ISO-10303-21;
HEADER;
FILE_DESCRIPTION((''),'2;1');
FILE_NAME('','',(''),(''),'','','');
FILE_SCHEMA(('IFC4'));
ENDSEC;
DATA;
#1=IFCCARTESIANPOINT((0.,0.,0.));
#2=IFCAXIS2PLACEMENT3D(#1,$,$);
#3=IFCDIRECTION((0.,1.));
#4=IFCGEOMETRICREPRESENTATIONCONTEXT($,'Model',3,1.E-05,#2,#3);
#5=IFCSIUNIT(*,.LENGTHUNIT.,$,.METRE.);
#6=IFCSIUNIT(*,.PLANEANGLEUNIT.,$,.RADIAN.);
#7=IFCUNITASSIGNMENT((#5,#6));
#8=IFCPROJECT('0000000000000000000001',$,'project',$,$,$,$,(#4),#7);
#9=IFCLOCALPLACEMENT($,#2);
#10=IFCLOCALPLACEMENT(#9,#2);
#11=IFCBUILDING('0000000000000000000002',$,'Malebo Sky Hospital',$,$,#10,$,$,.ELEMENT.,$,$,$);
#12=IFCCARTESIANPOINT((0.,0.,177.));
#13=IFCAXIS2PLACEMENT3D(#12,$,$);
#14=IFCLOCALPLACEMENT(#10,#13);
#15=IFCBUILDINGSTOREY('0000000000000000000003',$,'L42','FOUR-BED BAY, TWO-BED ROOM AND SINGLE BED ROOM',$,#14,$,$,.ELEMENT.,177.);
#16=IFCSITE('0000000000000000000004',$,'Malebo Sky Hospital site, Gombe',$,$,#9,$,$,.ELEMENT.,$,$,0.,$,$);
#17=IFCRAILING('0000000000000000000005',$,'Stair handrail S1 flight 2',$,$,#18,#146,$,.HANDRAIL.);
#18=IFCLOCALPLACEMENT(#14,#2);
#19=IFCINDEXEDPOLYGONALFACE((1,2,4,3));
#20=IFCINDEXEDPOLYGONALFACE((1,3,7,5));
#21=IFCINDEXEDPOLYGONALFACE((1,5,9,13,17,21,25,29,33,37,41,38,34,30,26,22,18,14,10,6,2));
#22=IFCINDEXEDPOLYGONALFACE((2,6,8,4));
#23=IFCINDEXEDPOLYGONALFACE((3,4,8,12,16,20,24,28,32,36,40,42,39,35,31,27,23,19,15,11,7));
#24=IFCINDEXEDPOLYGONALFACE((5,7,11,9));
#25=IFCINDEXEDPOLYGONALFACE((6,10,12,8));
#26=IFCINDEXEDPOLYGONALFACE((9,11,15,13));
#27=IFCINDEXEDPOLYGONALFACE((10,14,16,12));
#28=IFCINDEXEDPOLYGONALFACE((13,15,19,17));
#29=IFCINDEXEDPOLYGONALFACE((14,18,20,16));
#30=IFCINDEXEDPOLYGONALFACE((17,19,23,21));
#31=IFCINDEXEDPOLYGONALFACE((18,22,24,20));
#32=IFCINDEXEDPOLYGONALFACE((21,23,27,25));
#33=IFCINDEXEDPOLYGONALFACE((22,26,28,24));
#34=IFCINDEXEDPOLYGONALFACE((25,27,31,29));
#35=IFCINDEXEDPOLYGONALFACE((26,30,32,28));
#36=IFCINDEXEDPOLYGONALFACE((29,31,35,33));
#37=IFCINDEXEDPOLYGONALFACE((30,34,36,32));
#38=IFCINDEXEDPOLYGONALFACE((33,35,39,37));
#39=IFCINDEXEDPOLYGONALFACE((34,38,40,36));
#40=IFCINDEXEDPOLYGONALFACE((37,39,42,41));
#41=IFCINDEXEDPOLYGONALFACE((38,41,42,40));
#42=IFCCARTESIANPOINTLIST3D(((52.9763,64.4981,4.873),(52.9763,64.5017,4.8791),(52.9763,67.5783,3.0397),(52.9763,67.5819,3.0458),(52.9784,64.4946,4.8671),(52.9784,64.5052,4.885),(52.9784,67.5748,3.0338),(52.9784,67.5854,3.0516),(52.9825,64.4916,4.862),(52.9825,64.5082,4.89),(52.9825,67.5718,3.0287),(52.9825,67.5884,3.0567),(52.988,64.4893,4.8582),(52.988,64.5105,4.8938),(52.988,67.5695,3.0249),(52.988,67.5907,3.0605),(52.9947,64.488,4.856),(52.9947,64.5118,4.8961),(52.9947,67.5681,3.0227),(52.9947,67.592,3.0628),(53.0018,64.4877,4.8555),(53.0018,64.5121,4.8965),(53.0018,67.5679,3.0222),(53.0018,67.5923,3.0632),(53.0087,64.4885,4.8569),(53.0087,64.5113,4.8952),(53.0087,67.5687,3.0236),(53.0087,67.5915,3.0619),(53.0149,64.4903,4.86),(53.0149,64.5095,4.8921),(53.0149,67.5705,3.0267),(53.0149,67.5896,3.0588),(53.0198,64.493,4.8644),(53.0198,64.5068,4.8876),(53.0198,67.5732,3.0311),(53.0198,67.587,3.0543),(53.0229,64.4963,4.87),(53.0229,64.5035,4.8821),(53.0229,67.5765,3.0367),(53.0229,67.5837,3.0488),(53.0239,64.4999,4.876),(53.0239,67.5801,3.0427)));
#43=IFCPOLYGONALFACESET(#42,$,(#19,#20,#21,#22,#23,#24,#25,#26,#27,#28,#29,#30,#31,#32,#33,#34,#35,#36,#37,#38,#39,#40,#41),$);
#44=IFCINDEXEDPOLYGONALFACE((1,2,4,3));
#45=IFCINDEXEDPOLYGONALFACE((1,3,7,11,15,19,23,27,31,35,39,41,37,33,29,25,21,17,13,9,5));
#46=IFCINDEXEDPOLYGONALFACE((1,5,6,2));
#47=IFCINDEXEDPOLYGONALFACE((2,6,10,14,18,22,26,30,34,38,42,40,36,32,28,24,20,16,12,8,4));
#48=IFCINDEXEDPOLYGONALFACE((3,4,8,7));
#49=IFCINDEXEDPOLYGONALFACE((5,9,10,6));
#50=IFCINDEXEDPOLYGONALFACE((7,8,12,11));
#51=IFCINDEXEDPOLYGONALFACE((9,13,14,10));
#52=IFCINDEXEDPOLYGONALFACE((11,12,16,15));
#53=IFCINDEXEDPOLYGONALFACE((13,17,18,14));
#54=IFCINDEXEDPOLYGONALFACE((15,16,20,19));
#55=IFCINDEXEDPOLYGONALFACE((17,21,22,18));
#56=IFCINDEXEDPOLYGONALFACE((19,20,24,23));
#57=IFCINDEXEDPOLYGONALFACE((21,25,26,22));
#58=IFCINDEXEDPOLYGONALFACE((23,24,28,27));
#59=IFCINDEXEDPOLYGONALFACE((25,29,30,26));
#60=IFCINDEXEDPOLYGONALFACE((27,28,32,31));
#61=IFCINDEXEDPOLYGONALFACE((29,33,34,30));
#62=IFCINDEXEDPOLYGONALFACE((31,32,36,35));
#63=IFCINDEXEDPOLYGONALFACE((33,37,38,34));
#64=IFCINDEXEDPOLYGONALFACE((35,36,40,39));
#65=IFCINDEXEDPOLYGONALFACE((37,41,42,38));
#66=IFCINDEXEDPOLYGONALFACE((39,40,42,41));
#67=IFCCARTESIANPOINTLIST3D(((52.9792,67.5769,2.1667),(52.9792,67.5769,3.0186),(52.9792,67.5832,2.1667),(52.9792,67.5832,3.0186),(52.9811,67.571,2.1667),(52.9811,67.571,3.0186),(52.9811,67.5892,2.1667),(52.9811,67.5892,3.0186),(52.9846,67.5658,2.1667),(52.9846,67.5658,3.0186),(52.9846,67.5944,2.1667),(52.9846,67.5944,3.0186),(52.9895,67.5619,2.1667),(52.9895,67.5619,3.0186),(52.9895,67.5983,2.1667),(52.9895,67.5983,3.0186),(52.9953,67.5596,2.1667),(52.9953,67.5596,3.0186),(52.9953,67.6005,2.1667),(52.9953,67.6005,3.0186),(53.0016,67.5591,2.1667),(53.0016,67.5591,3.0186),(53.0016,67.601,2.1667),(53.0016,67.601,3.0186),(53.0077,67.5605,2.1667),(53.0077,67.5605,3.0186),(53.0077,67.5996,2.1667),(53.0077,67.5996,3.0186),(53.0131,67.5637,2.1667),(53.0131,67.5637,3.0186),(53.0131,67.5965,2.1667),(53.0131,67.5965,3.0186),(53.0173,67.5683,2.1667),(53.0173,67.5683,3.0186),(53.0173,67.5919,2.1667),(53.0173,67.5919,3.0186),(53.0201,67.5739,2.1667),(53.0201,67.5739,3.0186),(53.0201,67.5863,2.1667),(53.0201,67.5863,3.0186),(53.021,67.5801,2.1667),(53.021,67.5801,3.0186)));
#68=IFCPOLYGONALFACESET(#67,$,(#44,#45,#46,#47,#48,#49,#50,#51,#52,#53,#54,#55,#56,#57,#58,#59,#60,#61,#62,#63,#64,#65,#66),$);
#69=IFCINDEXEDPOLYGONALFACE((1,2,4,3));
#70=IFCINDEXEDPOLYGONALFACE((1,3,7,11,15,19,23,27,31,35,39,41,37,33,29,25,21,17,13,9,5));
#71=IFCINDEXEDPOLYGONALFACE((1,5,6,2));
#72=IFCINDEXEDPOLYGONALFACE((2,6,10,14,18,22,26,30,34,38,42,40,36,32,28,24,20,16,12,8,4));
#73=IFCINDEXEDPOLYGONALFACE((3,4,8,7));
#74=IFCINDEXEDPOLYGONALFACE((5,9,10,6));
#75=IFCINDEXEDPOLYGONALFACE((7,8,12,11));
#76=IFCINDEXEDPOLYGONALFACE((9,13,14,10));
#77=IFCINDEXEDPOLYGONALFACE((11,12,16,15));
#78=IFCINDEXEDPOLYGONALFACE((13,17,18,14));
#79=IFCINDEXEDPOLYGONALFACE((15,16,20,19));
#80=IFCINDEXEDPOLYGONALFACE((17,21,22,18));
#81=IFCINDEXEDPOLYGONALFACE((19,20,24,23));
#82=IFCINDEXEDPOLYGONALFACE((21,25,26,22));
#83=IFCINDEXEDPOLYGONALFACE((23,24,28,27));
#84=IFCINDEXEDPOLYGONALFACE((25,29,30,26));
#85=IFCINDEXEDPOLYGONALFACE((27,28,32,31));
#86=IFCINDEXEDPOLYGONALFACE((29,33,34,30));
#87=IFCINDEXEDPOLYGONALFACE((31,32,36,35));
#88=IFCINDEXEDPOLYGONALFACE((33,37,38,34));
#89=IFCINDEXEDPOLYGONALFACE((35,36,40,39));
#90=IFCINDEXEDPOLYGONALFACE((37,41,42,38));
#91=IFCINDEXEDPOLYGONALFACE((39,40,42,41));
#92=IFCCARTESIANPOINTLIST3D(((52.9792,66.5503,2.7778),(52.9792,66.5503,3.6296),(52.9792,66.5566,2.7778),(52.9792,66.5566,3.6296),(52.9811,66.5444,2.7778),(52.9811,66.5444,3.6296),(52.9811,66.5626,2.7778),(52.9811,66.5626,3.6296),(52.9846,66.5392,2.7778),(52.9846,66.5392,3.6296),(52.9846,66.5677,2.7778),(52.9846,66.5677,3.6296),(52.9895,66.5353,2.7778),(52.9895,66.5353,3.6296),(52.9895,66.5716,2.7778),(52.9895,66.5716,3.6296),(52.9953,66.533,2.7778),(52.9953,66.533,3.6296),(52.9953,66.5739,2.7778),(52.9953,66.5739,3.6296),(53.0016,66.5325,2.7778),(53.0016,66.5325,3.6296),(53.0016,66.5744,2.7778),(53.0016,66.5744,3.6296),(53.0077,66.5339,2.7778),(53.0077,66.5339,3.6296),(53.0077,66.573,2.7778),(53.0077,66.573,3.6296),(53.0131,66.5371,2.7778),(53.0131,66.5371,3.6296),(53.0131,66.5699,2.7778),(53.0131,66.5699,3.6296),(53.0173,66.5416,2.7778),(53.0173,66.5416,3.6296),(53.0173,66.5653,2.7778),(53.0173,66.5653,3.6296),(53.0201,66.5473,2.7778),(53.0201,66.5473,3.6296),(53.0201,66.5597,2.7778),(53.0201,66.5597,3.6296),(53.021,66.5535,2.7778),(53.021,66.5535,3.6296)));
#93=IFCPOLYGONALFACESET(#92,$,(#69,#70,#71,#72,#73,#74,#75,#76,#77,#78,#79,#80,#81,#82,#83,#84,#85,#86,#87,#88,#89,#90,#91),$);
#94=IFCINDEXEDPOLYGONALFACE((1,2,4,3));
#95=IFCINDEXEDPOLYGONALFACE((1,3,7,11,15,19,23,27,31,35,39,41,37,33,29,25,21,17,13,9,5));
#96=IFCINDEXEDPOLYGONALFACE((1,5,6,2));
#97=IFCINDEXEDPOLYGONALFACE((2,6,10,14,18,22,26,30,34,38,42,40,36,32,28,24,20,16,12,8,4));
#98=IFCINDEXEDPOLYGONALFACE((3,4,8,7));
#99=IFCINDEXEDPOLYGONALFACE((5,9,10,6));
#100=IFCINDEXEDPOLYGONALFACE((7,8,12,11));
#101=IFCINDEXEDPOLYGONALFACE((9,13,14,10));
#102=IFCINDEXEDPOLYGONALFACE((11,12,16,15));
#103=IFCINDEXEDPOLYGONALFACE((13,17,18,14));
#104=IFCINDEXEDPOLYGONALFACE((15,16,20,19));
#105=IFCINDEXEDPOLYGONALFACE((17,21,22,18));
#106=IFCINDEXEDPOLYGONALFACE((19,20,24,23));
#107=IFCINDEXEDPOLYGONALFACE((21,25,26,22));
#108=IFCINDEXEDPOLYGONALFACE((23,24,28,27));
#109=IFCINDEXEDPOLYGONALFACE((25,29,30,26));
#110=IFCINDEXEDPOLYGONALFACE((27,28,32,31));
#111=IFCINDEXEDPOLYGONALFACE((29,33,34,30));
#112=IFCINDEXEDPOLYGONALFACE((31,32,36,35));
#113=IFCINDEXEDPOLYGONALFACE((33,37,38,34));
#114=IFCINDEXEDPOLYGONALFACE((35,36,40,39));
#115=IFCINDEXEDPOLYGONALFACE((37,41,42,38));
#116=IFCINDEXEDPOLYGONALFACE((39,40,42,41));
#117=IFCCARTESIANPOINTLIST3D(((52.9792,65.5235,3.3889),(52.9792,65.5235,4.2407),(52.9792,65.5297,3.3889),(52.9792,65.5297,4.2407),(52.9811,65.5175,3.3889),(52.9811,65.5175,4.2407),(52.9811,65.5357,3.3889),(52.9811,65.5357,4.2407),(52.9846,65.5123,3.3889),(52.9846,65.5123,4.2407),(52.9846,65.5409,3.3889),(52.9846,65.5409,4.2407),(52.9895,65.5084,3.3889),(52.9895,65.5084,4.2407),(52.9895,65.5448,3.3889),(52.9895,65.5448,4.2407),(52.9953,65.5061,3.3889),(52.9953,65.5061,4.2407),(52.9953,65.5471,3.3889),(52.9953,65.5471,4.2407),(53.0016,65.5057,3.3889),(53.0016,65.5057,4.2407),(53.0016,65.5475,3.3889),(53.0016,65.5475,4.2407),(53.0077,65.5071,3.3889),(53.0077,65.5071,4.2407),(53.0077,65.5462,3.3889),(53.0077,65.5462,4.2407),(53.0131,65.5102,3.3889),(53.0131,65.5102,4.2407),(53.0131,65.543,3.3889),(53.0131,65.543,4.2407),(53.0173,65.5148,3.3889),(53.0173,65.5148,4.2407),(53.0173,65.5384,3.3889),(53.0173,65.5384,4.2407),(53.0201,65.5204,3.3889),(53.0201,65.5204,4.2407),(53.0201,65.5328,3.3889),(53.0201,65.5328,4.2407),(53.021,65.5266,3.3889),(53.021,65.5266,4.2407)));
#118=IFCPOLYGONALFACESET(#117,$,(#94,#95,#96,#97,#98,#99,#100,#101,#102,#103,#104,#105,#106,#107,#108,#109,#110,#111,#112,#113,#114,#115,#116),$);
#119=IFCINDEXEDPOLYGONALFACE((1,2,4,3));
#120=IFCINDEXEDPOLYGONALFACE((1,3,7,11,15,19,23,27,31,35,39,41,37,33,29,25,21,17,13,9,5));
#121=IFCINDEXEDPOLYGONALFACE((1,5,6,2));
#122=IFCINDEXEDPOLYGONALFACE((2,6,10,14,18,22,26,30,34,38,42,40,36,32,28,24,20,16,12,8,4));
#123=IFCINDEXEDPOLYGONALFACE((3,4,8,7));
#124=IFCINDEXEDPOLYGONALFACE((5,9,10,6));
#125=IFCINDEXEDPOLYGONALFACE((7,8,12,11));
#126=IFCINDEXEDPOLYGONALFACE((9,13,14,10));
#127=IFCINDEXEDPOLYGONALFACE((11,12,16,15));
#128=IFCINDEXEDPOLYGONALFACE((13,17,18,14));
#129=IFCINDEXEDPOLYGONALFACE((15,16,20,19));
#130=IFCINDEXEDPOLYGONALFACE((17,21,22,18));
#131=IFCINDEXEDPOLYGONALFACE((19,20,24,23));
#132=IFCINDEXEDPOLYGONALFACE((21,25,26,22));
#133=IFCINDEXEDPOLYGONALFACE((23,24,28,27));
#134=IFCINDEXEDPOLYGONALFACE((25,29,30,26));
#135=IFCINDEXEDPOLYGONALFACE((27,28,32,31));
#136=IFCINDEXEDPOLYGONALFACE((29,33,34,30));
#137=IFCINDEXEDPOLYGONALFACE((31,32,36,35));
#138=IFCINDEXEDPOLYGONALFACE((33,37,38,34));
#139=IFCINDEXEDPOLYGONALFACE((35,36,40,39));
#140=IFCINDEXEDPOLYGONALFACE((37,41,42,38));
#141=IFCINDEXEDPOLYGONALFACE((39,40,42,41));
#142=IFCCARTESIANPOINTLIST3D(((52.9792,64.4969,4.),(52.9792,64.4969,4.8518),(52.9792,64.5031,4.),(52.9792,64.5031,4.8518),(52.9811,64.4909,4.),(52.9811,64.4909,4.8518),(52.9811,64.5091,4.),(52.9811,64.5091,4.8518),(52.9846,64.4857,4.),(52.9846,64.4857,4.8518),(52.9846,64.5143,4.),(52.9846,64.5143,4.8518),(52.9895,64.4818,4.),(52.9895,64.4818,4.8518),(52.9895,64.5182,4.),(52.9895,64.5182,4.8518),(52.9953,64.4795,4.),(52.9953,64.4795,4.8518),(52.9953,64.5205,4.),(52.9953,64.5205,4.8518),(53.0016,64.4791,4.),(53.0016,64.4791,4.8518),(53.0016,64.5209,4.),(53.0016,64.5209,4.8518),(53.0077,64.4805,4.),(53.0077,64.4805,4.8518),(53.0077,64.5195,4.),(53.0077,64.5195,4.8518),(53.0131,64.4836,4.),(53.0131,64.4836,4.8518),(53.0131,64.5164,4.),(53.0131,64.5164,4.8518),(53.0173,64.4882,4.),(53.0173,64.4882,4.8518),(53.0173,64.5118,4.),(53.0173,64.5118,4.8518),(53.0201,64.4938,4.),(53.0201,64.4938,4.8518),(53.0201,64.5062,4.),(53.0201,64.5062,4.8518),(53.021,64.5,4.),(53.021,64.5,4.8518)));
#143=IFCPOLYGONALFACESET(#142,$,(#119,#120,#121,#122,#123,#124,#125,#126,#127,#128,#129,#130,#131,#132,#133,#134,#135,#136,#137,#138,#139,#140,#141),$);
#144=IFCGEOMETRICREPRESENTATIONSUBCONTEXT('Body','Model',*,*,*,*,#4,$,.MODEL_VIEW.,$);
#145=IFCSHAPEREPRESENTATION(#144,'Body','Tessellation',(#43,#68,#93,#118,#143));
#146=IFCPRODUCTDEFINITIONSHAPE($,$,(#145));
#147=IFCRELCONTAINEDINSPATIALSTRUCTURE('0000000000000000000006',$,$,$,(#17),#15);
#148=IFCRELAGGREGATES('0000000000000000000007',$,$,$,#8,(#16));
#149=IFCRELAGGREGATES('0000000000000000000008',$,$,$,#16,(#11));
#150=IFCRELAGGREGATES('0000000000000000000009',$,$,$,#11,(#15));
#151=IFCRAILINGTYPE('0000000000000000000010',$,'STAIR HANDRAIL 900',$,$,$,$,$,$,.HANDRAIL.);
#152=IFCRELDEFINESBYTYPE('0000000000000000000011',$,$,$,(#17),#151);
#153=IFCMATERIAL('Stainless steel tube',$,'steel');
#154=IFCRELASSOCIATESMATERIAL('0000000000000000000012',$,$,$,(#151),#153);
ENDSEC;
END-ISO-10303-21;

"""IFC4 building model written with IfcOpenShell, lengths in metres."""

from ifc_helpers import new_model, si_unit, direction, frame, origin, origin_2d, place, context, subcontext, project, spatial, circle, extrude, material, type_object, element, save


model = new_model("IFC4")

# Units and contexts
model_context = context("Model", 3, precision=1e-05, world=origin(), true_north=direction((0.0, 1.0)))
body_context = subcontext(model_context, "Body", "Model", "MODEL_VIEW")
ifc_project = project(units=[si_unit("LENGTHUNIT", "METRE"), si_unit("PLANEANGLEUNIT", "RADIAN")], contexts=[model_context])

# Site, building, storey
site_placement = place(None, origin())
site = spatial("IfcSite", under=ifc_project, at=site_placement, Name="Malebo Sky Hospital site, Gombe", CompositionType="ELEMENT", RefElevation=0.0)
building_placement = place(site_placement, origin())
building = spatial("IfcBuilding", under=site, at=building_placement, Name="Malebo Sky Hospital", CompositionType="ELEMENT")
storey_placement = place(building_placement, frame((0.0, 0.0, 177.0)))
storey = spatial("IfcBuildingStorey", under=building, at=storey_placement, Name="L42", Description="FOUR-BED BAY, TWO-BED ROOM AND SINGLE BED ROOM", CompositionType="ELEMENT", Elevation=177.0)

# Railing
ifc_material_1 = material(Name="Stainless steel tube", Category="steel")
railing_type = type_object("IfcRailingType", Name="STAIR HANDRAIL 900", PredefinedType="HANDRAIL", material=ifc_material_1)
railing_1_placement = place(storey_placement, frame((53.0, 67.5801, 2.1667)))
element("IfcRailing", 1, at=railing_1_placement, inside=storey, type_object=railing_type, Name="Stair handrail S1 flight 2", PredefinedType="HANDRAIL", context=body_context, shape_type="SweptSolid", body=[
    extrude(circle(Radius=0.0239, at=origin_2d()), frame((0.0, 0.0, 0.876), z_axis=(0.0, -0.859309, 0.511458), x_axis=(1.0, 0.0, 0.0)), (0.0, 0.0, 1.0), 3.5845),
    extrude(circle(Radius=0.021, at=origin_2d()), origin(), (0.0, 0.0, 1.0), 0.8518),
    extrude(circle(Radius=0.021, at=origin_2d()), frame((0.0, -1.0266, 0.6111)), (0.0, 0.0, 1.0), 0.8518),
    extrude(circle(Radius=0.021, at=origin_2d()), frame((0.0, -2.0535, 1.2222)), (0.0, 0.0, 1.0), 0.8518),
    extrude(circle(Radius=0.021, at=origin_2d()), frame((0.0, -3.0801, 1.8333)), (0.0, 0.0, 1.0), 0.8518),
])

save(model, "model.ifc")
